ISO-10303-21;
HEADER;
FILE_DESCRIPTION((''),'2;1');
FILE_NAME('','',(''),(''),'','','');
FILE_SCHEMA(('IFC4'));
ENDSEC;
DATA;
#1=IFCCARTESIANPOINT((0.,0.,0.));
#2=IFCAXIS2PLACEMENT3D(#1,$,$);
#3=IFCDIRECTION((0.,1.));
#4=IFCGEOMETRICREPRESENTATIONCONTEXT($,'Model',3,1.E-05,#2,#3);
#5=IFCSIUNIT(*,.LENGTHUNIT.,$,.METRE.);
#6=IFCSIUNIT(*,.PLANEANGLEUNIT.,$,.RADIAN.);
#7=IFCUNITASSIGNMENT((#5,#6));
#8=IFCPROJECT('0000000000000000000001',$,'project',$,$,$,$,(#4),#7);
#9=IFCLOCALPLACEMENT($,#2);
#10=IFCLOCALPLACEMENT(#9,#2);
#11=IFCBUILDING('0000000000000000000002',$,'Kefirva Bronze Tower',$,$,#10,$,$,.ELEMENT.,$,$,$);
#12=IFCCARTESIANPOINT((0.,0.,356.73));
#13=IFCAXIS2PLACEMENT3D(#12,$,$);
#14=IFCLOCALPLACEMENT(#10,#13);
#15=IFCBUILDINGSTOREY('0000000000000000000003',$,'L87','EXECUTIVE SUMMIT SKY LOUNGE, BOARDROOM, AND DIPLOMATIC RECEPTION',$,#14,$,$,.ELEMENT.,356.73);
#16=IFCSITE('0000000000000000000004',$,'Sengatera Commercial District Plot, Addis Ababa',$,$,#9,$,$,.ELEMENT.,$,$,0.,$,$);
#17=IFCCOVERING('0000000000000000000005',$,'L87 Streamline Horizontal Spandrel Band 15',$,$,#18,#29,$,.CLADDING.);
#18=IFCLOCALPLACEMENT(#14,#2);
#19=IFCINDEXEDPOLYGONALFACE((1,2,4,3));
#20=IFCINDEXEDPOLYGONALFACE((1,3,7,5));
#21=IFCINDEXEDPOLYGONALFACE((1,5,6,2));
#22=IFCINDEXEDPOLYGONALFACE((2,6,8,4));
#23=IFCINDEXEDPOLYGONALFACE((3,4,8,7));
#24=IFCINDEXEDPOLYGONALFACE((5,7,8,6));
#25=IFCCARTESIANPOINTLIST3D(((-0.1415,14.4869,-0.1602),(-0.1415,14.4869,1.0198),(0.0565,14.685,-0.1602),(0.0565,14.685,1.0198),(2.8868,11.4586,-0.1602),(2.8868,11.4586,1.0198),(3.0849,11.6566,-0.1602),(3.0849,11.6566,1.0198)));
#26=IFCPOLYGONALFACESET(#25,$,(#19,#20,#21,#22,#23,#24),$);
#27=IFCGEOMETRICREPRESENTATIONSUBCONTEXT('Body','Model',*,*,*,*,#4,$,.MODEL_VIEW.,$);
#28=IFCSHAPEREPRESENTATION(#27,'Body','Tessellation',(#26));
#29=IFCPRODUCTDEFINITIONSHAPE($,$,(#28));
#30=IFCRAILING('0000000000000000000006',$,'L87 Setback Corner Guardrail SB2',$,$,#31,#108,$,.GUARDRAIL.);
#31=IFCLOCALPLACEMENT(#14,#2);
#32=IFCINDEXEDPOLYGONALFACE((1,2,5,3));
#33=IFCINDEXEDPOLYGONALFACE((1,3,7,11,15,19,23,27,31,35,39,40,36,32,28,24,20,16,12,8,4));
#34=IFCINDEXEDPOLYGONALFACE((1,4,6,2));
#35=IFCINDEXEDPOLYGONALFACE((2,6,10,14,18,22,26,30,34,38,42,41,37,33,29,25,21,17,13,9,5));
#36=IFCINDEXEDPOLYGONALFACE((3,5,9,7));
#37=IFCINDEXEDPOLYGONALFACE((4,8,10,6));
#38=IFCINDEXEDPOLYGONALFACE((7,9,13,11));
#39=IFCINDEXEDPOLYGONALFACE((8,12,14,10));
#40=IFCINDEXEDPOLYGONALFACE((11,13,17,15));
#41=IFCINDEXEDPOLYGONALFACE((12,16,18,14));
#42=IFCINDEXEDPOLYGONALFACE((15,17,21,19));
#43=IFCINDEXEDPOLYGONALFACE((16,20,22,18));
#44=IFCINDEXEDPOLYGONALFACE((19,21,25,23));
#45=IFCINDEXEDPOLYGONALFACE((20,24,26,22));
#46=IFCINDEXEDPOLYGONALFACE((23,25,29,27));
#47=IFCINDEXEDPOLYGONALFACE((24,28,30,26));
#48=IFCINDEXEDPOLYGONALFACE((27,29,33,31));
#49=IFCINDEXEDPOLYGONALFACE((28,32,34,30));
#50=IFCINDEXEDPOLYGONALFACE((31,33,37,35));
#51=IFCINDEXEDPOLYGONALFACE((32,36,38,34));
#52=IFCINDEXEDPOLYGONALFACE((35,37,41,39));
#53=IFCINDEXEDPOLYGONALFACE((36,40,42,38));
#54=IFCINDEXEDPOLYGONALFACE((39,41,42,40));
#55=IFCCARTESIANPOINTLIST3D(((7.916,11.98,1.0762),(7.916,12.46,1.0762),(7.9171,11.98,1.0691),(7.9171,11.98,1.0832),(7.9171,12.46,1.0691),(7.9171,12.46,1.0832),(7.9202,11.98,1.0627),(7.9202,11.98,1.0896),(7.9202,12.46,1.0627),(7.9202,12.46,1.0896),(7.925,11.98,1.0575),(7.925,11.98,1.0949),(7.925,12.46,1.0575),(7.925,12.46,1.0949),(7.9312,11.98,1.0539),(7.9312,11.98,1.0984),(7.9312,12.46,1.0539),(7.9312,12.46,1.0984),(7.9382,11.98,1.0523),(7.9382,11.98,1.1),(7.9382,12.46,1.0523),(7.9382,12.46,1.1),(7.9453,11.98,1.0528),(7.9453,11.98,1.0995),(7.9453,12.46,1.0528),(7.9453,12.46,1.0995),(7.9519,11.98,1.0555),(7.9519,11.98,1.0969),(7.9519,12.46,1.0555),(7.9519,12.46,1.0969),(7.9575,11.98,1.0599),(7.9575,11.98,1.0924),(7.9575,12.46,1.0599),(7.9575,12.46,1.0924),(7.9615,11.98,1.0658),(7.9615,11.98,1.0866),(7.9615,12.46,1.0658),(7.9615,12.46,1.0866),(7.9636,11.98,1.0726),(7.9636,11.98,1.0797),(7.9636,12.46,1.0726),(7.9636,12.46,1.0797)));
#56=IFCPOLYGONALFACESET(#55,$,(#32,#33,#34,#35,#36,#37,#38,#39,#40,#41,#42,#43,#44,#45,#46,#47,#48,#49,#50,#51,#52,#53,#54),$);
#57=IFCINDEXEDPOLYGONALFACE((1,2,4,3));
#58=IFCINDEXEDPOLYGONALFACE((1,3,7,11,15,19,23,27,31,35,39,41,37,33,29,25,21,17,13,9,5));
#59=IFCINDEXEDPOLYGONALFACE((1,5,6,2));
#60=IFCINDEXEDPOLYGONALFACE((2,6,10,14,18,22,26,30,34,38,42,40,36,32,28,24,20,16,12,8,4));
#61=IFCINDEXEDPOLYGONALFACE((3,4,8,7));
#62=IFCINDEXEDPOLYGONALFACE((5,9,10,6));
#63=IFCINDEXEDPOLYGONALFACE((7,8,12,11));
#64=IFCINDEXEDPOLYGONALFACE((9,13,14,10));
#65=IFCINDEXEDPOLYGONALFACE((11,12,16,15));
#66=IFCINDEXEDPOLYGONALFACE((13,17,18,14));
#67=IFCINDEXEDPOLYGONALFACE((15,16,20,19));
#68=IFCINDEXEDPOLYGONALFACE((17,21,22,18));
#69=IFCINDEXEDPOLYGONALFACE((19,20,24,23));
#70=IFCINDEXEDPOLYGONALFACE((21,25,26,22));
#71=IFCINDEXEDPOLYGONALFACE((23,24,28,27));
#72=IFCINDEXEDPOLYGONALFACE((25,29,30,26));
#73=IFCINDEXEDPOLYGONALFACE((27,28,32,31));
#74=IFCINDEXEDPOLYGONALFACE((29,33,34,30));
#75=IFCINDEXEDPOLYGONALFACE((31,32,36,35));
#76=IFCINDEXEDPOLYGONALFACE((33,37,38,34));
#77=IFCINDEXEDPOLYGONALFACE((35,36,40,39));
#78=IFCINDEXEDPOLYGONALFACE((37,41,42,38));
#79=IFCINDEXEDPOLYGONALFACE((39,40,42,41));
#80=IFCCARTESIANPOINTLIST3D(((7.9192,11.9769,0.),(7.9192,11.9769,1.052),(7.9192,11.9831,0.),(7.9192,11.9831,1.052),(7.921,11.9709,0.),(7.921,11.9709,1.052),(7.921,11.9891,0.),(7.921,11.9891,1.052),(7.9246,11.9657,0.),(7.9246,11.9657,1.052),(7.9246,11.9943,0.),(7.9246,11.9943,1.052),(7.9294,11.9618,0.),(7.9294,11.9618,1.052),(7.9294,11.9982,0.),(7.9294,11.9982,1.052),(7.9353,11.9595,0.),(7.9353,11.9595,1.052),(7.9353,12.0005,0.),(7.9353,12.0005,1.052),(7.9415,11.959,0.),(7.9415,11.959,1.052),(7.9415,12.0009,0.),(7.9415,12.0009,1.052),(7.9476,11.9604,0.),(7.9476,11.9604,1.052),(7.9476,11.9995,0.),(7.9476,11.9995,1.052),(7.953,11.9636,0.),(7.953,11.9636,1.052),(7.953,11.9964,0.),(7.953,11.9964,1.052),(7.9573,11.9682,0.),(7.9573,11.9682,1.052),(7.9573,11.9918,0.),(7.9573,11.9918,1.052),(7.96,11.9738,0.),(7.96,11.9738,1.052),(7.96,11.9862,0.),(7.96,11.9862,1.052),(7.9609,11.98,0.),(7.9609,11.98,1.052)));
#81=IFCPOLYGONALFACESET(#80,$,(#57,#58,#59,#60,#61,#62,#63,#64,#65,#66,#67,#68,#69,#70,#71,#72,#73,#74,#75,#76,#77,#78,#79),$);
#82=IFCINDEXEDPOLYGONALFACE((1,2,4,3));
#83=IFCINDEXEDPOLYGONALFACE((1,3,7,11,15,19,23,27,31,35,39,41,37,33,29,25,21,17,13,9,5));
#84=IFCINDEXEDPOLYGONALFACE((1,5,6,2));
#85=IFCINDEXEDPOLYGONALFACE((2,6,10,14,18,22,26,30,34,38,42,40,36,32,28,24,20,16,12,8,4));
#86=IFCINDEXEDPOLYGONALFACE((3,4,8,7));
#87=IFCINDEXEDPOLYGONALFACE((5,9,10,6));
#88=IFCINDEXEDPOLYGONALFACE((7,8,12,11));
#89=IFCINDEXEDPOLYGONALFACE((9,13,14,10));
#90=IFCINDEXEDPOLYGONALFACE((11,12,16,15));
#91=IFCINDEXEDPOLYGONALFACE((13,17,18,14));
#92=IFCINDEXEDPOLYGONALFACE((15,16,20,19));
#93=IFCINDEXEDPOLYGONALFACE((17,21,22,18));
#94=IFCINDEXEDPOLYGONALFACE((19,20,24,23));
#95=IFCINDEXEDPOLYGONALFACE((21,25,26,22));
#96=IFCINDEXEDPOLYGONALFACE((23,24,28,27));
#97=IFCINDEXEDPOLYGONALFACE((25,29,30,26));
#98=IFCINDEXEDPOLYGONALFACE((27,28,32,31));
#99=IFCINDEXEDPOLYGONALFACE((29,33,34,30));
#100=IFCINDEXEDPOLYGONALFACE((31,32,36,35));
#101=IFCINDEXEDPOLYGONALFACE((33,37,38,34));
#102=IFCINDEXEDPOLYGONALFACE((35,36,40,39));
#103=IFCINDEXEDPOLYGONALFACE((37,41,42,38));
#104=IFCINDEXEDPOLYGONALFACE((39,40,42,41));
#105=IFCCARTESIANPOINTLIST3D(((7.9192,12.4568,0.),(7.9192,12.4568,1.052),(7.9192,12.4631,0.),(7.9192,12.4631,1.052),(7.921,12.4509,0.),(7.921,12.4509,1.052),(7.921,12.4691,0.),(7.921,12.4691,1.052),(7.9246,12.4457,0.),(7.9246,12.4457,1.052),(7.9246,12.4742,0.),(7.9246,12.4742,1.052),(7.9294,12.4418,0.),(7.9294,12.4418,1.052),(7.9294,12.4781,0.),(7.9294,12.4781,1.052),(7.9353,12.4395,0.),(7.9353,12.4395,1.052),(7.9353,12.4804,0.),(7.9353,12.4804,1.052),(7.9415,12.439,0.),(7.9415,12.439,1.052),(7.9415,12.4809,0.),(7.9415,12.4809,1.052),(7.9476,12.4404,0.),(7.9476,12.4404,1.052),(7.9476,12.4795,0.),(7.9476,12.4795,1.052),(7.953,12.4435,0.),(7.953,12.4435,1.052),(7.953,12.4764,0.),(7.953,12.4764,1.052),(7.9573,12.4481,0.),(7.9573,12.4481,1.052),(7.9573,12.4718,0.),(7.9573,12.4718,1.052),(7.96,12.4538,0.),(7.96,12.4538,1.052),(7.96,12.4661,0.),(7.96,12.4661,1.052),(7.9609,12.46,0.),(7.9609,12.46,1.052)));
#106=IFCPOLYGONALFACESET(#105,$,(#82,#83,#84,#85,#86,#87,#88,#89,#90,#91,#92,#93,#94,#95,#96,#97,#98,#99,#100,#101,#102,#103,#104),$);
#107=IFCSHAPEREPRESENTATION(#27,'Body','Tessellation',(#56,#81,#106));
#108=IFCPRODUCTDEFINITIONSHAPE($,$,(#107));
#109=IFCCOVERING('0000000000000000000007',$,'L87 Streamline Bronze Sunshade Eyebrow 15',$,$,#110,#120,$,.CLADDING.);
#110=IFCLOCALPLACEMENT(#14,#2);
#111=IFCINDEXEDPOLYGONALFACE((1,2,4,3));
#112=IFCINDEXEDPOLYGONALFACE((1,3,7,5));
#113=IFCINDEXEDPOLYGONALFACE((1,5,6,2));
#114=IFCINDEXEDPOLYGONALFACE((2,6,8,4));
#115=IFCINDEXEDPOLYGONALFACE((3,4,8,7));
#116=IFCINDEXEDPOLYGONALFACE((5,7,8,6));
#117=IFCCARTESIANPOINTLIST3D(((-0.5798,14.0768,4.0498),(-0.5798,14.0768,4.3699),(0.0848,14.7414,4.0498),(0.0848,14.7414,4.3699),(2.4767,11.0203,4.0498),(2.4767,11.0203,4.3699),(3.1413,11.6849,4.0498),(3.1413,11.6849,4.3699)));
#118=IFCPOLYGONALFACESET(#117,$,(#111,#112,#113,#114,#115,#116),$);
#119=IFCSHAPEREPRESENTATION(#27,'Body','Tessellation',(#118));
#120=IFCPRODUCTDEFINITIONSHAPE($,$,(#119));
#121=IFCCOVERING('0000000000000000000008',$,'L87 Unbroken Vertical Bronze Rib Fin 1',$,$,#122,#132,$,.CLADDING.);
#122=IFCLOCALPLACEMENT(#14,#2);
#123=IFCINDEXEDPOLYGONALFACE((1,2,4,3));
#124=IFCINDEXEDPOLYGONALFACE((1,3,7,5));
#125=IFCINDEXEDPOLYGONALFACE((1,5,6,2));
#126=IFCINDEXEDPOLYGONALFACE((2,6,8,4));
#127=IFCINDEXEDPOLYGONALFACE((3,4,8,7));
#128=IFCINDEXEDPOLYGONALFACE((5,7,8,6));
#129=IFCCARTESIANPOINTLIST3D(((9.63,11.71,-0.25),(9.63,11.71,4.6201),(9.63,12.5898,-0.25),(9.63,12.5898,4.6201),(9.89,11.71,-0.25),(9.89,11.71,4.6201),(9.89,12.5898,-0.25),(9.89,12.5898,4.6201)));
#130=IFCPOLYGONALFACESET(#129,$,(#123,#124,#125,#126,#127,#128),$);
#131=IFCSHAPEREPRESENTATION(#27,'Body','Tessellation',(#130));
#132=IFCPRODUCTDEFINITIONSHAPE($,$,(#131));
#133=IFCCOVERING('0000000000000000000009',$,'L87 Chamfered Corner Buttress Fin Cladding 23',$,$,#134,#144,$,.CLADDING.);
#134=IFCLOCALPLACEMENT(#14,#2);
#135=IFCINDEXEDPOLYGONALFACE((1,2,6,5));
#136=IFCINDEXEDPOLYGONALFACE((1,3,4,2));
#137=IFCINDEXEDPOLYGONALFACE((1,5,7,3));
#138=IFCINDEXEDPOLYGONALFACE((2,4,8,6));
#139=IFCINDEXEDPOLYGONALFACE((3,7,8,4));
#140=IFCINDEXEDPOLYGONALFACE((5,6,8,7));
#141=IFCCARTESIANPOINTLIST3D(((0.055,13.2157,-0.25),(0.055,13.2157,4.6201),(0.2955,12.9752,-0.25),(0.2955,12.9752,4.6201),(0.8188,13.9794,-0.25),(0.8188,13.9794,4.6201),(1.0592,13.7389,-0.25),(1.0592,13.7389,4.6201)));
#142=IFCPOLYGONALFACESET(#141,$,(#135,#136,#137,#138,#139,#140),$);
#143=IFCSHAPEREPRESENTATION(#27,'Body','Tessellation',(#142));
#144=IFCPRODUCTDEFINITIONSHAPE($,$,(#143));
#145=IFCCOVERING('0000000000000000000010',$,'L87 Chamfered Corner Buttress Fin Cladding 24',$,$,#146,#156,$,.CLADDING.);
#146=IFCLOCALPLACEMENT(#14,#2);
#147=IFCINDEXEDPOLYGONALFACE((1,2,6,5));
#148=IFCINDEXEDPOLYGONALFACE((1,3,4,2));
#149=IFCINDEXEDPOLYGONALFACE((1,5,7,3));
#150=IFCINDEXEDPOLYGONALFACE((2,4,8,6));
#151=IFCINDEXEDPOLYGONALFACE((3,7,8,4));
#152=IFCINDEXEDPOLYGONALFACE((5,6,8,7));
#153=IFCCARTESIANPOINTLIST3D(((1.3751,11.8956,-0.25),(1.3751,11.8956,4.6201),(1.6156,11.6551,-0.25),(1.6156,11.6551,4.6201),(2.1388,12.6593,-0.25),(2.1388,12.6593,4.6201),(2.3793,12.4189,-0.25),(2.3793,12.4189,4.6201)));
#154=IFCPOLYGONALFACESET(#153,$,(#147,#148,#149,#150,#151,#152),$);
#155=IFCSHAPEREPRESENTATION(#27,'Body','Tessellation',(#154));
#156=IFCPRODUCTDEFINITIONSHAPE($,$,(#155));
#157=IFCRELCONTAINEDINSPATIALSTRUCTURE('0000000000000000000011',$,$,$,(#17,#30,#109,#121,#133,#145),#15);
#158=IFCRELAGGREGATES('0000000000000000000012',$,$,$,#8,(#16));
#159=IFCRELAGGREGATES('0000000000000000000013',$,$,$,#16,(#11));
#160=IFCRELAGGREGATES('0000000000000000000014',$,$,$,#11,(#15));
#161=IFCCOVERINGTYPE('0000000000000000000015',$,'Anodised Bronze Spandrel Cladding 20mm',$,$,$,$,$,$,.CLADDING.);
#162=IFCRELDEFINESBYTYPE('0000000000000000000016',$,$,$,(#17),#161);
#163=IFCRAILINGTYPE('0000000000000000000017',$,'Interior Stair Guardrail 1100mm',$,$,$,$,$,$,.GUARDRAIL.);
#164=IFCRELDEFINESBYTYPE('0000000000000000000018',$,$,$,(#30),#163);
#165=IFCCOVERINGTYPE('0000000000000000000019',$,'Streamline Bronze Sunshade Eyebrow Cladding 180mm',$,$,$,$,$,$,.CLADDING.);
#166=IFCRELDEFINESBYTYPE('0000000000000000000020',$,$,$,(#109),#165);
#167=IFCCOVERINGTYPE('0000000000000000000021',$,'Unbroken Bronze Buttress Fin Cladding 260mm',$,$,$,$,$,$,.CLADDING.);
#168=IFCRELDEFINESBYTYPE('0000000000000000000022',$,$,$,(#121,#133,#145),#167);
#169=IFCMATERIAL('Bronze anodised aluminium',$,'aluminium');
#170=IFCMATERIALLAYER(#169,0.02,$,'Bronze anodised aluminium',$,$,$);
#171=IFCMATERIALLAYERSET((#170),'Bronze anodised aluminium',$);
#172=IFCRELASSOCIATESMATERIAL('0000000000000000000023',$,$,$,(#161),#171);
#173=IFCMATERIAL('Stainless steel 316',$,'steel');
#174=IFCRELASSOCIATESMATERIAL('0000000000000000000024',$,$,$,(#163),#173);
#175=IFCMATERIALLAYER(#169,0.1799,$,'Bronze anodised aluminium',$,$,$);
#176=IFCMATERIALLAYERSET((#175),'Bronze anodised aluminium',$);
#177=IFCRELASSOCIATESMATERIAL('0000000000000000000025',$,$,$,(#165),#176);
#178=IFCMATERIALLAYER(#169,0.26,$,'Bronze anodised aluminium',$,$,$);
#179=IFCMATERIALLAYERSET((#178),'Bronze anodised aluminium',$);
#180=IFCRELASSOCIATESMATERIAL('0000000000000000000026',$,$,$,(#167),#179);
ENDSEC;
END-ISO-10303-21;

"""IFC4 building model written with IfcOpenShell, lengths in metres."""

from ifc_helpers import new_model, si_unit, direction, frame, origin, origin_2d, place, context, subcontext, project, spatial, rectangle, circle, extrude, material, layer, layer_set, type_object, element, save


model = new_model("IFC4")

# Units and contexts
model_context = context("Model", 3, precision=1e-05, world=origin(), true_north=direction((0.0, 1.0)))
body_context = subcontext(model_context, "Body", "Model", "MODEL_VIEW")
ifc_project = project(units=[si_unit("LENGTHUNIT", "METRE"), si_unit("PLANEANGLEUNIT", "RADIAN")], contexts=[model_context])

# Site, building, storey
site_placement = place(None, origin())
site = spatial("IfcSite", under=ifc_project, at=site_placement, Name="Sengatera Commercial District Plot, Addis Ababa", CompositionType="ELEMENT", RefElevation=0.0)
building_placement = place(site_placement, origin())
building = spatial("IfcBuilding", under=site, at=building_placement, Name="Kefirva Bronze Tower", CompositionType="ELEMENT")
storey_placement = place(building_placement, frame((0.0, 0.0, 356.73)))
storey = spatial("IfcBuildingStorey", under=building, at=storey_placement, Name="L87", Description="EXECUTIVE SUMMIT SKY LOUNGE, BOARDROOM, AND DIPLOMATIC RECEPTION", CompositionType="ELEMENT", Elevation=356.73)

# Shared definitions
ifc_material_1 = material(Name="Bronze anodised aluminium", Category="aluminium")

# Covering
ifc_layer_1 = layer(ifc_material_1, 0.02, Name="Bronze anodised aluminium")
ifc_layer_set_1 = layer_set([ifc_layer_1], Name="Bronze anodised aluminium")
covering_type_1 = type_object("IfcCoveringType", Name="Anodised Bronze Spandrel Cladding 20mm", PredefinedType="CLADDING", material=ifc_layer_set_1)
covering_1_placement = place(storey_placement, frame((1.4717, 13.0718, -0.1602), z_axis=(0.0, 0.0, 1.0), x_axis=(0.707107, -0.707107, 0.0)))
element("IfcCovering", 1, at=covering_1_placement, inside=storey, type_object=covering_type_1, Name="L87 Streamline Horizontal Spandrel Band 15", PredefinedType="CLADDING", context=body_context, shape_type="SweptSolid", body=[
    extrude(rectangle(XDim=4.2827, YDim=0.28, at=origin_2d()), origin(), (0.0, 0.0, 1.0), 1.1799),
])

# Railing
ifc_material_2 = material(Name="Stainless steel 316", Category="steel")
railing_type = type_object("IfcRailingType", Name="Interior Stair Guardrail 1100mm", PredefinedType="GUARDRAIL", material=ifc_material_2)
railing_placement = place(storey_placement, frame((7.9399, 11.98, 0.0)))
element("IfcRailing", 2, at=railing_placement, inside=storey, type_object=railing_type, Name="L87 Setback Corner Guardrail SB2", PredefinedType="GUARDRAIL", context=body_context, shape_type="SweptSolid", body=[
    extrude(circle(Radius=0.0239, at=origin_2d()), frame((0.0, 0.0, 1.0762), z_axis=(0.0, 1.0, 0.0), x_axis=(-1.0, 0.0, 0.0)), (0.0, 0.0, 1.0), 0.48),
    extrude(circle(Radius=0.021, at=origin_2d()), origin(), (0.0, 0.0, 1.0), 1.052),
    extrude(circle(Radius=0.021, at=origin_2d()), frame((0.0, 0.48, 0.0)), (0.0, 0.0, 1.0), 1.052),
])

# Coverings
ifc_layer_2 = layer(ifc_material_1, 0.1799, Name="Bronze anodised aluminium")
ifc_layer_set_2 = layer_set([ifc_layer_2], Name="Bronze anodised aluminium")
covering_type_2 = type_object("IfcCoveringType", Name="Streamline Bronze Sunshade Eyebrow Cladding 180mm", PredefinedType="CLADDING", material=ifc_layer_set_2)
covering_2_placement = place(storey_placement, frame((1.2808, 12.8809, 4.0498), z_axis=(0.0, 0.0, 1.0), x_axis=(0.707107, -0.707107, 0.0)))
element("IfcCovering", 3, at=covering_2_placement, inside=storey, type_object=covering_type_2, Name="L87 Streamline Bronze Sunshade Eyebrow 15", PredefinedType="CLADDING", context=body_context, shape_type="SweptSolid", body=[
    extrude(rectangle(XDim=4.3225, YDim=0.9399, at=origin_2d()), origin(), (0.0, 0.0, 1.0), 0.3201),
])
ifc_layer_3 = layer(ifc_material_1, 0.26, Name="Bronze anodised aluminium")
ifc_layer_set_3 = layer_set([ifc_layer_3], Name="Bronze anodised aluminium")
covering_type_3 = type_object("IfcCoveringType", Name="Unbroken Bronze Buttress Fin Cladding 260mm", PredefinedType="CLADDING", material=ifc_layer_set_3)
covering_3_placement = place(storey_placement, frame((9.76, 12.1499, -0.25), z_axis=(0.0, 0.0, 1.0), x_axis=(1.0, 0.0, 0.0)))
element("IfcCovering", 4, at=covering_3_placement, inside=storey, type_object=covering_type_3, Name="L87 Unbroken Vertical Bronze Rib Fin 1", PredefinedType="CLADDING", context=body_context, shape_type="SweptSolid", body=[
    extrude(rectangle(XDim=0.26, YDim=0.8799, at=origin_2d()), origin(), (0.0, 0.0, 1.0), 4.8701),
])
for number, where, z_axis, x_axis, name in (
    (5, (0.5571, 13.4773, -0.25), (0.0, 0.0, 1.0), (0.707107, -0.707107, 0.0), "L87 Chamfered Corner Buttress Fin Cladding 23"),
    (6, (1.8772, 12.1572, -0.25), (0.0, 0.0, 1.0), (0.707107, -0.707107, 0.0), "L87 Chamfered Corner Buttress Fin Cladding 24"),
):
    element("IfcCovering", number, at=place(storey_placement, frame(where, z_axis=z_axis, x_axis=x_axis)), inside=storey, type_object=covering_type_3, Name=name, PredefinedType="CLADDING", context=body_context, shape_type="SweptSolid", body=[
        extrude(rectangle(XDim=0.3401, YDim=1.0801, at=origin_2d()), origin(), (0.0, 0.0, 1.0), 4.8701),
    ])

save(model, "model.ifc")
